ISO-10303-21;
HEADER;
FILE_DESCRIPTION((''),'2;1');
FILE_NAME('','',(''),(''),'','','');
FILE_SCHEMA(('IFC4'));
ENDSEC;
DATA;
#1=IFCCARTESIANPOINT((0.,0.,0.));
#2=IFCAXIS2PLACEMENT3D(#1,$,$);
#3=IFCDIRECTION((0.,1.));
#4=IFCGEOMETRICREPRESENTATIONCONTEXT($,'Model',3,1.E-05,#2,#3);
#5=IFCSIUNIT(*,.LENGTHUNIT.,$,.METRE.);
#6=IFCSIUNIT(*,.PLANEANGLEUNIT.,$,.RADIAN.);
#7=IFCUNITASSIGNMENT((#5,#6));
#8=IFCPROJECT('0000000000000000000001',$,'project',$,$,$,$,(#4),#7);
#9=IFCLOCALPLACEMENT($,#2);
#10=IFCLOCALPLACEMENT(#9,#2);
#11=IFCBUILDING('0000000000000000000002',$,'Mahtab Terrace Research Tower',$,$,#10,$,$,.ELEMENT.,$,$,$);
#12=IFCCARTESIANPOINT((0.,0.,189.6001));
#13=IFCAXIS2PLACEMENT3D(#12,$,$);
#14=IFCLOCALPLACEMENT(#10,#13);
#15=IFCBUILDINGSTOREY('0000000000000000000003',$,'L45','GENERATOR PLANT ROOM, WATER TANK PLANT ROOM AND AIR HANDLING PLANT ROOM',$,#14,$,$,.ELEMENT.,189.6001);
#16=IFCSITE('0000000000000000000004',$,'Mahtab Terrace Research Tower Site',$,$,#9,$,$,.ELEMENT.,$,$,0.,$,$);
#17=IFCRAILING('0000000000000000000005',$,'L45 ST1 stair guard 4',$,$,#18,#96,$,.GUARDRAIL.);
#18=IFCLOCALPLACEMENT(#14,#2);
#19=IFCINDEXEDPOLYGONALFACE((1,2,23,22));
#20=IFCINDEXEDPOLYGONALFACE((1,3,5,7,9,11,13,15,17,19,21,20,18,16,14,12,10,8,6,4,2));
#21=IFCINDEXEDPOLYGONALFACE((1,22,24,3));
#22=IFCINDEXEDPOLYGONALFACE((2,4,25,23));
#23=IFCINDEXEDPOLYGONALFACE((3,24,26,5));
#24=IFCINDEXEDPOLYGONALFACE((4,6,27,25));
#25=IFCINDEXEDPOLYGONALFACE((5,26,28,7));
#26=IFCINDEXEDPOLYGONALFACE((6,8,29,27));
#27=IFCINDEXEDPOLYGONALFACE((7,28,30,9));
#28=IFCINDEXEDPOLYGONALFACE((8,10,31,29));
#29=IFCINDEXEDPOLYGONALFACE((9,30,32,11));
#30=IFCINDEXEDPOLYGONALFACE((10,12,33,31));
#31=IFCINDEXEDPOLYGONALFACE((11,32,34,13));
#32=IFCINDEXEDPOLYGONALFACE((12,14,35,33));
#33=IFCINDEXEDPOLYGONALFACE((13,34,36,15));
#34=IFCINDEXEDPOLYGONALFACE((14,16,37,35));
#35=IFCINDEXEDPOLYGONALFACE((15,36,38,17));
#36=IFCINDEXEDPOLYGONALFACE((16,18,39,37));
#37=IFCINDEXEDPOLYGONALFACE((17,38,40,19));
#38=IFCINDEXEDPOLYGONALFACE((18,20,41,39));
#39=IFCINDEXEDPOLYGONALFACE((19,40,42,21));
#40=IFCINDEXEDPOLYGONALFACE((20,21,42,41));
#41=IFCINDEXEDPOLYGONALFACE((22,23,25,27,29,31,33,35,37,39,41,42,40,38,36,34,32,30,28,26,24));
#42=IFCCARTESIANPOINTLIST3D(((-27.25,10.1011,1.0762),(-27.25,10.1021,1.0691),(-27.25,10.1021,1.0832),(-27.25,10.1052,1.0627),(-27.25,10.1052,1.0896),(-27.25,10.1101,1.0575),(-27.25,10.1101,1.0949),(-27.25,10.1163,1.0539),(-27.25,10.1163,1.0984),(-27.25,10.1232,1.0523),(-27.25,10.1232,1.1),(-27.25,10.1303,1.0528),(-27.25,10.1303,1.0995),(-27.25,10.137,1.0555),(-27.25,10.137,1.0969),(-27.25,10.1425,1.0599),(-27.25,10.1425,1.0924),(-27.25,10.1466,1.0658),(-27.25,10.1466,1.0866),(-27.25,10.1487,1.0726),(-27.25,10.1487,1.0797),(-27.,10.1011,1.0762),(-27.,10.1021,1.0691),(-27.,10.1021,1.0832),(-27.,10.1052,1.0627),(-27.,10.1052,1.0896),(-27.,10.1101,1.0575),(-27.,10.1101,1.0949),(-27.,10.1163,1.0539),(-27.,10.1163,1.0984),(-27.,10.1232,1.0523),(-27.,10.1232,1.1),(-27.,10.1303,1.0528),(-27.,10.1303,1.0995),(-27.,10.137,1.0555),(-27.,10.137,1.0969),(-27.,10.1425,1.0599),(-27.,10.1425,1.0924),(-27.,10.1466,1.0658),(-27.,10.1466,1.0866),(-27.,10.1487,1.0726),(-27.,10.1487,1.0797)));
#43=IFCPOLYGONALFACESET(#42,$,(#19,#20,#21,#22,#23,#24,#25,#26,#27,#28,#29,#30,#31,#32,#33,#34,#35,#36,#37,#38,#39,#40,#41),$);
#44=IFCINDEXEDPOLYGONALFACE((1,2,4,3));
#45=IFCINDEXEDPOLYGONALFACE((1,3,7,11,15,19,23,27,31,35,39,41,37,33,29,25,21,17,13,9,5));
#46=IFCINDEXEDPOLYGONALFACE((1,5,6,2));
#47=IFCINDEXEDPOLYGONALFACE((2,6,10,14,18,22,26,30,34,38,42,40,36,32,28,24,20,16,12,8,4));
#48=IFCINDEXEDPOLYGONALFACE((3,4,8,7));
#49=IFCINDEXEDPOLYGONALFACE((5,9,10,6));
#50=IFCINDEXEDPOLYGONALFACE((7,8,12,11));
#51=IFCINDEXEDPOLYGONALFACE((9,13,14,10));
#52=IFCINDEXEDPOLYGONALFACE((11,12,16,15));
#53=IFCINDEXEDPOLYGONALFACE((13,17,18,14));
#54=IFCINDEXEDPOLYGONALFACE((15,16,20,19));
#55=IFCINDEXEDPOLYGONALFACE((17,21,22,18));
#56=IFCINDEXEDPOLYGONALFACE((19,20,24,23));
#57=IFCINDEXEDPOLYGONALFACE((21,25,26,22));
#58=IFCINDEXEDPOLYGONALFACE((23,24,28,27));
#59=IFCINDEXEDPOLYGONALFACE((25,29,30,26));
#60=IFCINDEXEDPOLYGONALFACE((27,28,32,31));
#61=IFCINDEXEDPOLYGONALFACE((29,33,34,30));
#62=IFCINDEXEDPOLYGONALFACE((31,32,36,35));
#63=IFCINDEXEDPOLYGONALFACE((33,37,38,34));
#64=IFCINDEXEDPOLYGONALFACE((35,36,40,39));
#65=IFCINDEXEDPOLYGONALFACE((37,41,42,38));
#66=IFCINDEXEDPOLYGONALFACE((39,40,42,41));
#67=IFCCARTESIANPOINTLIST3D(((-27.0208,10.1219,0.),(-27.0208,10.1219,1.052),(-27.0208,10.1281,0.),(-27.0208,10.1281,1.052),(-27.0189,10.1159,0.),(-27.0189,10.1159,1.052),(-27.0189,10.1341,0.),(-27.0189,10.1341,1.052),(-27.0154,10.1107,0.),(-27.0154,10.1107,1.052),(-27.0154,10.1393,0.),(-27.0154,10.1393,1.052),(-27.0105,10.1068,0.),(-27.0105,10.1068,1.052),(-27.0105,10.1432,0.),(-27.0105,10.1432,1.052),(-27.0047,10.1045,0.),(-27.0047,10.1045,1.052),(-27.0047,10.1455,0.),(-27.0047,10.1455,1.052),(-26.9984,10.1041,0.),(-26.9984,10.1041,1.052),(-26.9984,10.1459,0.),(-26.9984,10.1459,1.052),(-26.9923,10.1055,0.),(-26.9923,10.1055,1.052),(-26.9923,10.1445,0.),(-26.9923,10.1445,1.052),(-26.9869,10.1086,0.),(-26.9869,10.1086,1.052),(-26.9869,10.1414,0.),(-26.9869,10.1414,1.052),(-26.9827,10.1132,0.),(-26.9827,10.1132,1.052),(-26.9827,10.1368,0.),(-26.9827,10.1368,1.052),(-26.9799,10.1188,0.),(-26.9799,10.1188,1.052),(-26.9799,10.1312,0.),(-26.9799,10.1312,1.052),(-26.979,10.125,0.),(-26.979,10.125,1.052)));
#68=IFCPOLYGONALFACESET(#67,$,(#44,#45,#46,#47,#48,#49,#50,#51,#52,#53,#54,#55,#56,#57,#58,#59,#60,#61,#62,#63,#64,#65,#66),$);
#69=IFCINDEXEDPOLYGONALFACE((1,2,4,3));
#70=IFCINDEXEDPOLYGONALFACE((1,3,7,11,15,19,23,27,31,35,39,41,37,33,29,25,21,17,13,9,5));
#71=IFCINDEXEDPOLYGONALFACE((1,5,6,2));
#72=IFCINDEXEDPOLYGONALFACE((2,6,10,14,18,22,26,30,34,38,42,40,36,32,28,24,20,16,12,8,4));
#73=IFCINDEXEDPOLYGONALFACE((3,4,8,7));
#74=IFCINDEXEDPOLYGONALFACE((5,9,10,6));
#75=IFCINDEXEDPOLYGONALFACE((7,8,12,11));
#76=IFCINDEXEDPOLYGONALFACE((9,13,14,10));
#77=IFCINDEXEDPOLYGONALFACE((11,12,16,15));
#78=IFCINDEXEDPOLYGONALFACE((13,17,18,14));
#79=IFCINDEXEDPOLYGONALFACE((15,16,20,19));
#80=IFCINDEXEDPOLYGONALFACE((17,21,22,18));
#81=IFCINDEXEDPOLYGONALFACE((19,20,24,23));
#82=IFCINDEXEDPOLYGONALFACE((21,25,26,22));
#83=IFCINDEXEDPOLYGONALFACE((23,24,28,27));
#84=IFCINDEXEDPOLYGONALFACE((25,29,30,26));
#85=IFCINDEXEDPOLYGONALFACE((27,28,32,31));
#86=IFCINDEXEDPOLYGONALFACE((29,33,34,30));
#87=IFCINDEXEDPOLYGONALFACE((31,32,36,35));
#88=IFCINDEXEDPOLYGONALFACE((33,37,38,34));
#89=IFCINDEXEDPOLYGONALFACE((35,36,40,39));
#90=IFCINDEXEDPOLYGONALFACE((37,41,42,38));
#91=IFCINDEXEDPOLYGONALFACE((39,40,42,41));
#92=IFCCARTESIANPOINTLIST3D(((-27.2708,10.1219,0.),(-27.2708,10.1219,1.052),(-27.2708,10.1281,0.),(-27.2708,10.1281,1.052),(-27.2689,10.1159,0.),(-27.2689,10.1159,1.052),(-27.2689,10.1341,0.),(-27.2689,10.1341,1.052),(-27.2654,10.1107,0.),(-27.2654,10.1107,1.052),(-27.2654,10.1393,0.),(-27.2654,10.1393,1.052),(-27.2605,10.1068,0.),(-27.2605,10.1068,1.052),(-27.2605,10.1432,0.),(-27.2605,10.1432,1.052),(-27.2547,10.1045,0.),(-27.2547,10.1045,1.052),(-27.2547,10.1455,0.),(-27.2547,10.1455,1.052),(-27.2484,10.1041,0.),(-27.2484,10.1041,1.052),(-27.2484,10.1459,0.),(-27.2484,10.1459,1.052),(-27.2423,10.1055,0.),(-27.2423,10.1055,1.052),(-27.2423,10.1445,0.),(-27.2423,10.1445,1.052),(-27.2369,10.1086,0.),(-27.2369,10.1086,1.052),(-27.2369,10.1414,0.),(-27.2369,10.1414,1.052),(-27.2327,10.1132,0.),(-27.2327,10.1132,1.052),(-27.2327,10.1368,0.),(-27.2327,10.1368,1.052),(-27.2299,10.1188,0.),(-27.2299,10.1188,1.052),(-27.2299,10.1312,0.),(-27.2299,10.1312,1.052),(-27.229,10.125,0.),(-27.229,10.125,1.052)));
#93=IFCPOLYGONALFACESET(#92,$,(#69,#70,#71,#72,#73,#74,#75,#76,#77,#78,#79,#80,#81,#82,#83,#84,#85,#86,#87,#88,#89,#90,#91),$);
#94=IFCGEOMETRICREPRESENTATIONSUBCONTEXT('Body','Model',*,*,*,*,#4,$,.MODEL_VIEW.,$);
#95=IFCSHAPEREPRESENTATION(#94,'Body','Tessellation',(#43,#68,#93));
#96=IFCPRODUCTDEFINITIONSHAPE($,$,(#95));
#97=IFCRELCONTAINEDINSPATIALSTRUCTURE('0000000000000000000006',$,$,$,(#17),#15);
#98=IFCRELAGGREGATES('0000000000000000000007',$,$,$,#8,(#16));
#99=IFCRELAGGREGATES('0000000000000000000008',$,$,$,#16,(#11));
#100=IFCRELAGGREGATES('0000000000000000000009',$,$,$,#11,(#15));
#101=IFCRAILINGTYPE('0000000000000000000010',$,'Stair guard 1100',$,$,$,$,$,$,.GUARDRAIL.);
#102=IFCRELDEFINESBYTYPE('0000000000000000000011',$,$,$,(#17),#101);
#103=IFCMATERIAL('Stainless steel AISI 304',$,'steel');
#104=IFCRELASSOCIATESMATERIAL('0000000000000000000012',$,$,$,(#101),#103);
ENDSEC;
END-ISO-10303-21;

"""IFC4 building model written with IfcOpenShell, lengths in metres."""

from ifc_helpers import new_model, si_unit, direction, frame, origin, origin_2d, place, context, subcontext, project, spatial, circle, extrude, material, type_object, element, save


model = new_model("IFC4")

# Units and contexts
model_context = context("Model", 3, precision=1e-05, world=origin(), true_north=direction((0.0, 1.0)))
body_context = subcontext(model_context, "Body", "Model", "MODEL_VIEW")
ifc_project = project(units=[si_unit("LENGTHUNIT", "METRE"), si_unit("PLANEANGLEUNIT", "RADIAN")], contexts=[model_context])

# Site, building, storey
site_placement = place(None, origin())
site = spatial("IfcSite", under=ifc_project, at=site_placement, Name="Mahtab Terrace Research Tower Site", CompositionType="ELEMENT", RefElevation=0.0)
building_placement = place(site_placement, origin())
building = spatial("IfcBuilding", under=site, at=building_placement, Name="Mahtab Terrace Research Tower", CompositionType="ELEMENT")
storey_placement = place(building_placement, frame((0.0, 0.0, 189.6001)))
storey = spatial("IfcBuildingStorey", under=building, at=storey_placement, Name="L45", Description="GENERATOR PLANT ROOM, WATER TANK PLANT ROOM AND AIR HANDLING PLANT ROOM", CompositionType="ELEMENT", Elevation=189.6001)

# Railing
ifc_material_1 = material(Name="Stainless steel AISI 304", Category="steel")
railing_type_1 = type_object("IfcRailingType", Name="Stair guard 1100", PredefinedType="GUARDRAIL", material=ifc_material_1)
railing_1_placement = place(storey_placement, frame((-27.0, 10.125, 0.0)))
element("IfcRailing", 1, at=railing_1_placement, inside=storey, type_object=railing_type_1, Name="L45 ST1 stair guard 4", PredefinedType="GUARDRAIL", context=body_context, shape_type="SweptSolid", body=[
    extrude(circle(Radius=0.0239, at=origin_2d()), frame((0.0, 0.0, 1.0762), z_axis=(-1.0, 0.0, 0.0), x_axis=(0.0, -1.0, 0.0)), (0.0, 0.0, 1.0), 0.25),
    extrude(circle(Radius=0.021, at=origin_2d()), origin(), (0.0, 0.0, 1.0), 1.052),
    extrude(circle(Radius=0.021, at=origin_2d()), frame((-0.25, 0.0, 0.0)), (0.0, 0.0, 1.0), 1.052),
])

save(model, "model.ifc")
